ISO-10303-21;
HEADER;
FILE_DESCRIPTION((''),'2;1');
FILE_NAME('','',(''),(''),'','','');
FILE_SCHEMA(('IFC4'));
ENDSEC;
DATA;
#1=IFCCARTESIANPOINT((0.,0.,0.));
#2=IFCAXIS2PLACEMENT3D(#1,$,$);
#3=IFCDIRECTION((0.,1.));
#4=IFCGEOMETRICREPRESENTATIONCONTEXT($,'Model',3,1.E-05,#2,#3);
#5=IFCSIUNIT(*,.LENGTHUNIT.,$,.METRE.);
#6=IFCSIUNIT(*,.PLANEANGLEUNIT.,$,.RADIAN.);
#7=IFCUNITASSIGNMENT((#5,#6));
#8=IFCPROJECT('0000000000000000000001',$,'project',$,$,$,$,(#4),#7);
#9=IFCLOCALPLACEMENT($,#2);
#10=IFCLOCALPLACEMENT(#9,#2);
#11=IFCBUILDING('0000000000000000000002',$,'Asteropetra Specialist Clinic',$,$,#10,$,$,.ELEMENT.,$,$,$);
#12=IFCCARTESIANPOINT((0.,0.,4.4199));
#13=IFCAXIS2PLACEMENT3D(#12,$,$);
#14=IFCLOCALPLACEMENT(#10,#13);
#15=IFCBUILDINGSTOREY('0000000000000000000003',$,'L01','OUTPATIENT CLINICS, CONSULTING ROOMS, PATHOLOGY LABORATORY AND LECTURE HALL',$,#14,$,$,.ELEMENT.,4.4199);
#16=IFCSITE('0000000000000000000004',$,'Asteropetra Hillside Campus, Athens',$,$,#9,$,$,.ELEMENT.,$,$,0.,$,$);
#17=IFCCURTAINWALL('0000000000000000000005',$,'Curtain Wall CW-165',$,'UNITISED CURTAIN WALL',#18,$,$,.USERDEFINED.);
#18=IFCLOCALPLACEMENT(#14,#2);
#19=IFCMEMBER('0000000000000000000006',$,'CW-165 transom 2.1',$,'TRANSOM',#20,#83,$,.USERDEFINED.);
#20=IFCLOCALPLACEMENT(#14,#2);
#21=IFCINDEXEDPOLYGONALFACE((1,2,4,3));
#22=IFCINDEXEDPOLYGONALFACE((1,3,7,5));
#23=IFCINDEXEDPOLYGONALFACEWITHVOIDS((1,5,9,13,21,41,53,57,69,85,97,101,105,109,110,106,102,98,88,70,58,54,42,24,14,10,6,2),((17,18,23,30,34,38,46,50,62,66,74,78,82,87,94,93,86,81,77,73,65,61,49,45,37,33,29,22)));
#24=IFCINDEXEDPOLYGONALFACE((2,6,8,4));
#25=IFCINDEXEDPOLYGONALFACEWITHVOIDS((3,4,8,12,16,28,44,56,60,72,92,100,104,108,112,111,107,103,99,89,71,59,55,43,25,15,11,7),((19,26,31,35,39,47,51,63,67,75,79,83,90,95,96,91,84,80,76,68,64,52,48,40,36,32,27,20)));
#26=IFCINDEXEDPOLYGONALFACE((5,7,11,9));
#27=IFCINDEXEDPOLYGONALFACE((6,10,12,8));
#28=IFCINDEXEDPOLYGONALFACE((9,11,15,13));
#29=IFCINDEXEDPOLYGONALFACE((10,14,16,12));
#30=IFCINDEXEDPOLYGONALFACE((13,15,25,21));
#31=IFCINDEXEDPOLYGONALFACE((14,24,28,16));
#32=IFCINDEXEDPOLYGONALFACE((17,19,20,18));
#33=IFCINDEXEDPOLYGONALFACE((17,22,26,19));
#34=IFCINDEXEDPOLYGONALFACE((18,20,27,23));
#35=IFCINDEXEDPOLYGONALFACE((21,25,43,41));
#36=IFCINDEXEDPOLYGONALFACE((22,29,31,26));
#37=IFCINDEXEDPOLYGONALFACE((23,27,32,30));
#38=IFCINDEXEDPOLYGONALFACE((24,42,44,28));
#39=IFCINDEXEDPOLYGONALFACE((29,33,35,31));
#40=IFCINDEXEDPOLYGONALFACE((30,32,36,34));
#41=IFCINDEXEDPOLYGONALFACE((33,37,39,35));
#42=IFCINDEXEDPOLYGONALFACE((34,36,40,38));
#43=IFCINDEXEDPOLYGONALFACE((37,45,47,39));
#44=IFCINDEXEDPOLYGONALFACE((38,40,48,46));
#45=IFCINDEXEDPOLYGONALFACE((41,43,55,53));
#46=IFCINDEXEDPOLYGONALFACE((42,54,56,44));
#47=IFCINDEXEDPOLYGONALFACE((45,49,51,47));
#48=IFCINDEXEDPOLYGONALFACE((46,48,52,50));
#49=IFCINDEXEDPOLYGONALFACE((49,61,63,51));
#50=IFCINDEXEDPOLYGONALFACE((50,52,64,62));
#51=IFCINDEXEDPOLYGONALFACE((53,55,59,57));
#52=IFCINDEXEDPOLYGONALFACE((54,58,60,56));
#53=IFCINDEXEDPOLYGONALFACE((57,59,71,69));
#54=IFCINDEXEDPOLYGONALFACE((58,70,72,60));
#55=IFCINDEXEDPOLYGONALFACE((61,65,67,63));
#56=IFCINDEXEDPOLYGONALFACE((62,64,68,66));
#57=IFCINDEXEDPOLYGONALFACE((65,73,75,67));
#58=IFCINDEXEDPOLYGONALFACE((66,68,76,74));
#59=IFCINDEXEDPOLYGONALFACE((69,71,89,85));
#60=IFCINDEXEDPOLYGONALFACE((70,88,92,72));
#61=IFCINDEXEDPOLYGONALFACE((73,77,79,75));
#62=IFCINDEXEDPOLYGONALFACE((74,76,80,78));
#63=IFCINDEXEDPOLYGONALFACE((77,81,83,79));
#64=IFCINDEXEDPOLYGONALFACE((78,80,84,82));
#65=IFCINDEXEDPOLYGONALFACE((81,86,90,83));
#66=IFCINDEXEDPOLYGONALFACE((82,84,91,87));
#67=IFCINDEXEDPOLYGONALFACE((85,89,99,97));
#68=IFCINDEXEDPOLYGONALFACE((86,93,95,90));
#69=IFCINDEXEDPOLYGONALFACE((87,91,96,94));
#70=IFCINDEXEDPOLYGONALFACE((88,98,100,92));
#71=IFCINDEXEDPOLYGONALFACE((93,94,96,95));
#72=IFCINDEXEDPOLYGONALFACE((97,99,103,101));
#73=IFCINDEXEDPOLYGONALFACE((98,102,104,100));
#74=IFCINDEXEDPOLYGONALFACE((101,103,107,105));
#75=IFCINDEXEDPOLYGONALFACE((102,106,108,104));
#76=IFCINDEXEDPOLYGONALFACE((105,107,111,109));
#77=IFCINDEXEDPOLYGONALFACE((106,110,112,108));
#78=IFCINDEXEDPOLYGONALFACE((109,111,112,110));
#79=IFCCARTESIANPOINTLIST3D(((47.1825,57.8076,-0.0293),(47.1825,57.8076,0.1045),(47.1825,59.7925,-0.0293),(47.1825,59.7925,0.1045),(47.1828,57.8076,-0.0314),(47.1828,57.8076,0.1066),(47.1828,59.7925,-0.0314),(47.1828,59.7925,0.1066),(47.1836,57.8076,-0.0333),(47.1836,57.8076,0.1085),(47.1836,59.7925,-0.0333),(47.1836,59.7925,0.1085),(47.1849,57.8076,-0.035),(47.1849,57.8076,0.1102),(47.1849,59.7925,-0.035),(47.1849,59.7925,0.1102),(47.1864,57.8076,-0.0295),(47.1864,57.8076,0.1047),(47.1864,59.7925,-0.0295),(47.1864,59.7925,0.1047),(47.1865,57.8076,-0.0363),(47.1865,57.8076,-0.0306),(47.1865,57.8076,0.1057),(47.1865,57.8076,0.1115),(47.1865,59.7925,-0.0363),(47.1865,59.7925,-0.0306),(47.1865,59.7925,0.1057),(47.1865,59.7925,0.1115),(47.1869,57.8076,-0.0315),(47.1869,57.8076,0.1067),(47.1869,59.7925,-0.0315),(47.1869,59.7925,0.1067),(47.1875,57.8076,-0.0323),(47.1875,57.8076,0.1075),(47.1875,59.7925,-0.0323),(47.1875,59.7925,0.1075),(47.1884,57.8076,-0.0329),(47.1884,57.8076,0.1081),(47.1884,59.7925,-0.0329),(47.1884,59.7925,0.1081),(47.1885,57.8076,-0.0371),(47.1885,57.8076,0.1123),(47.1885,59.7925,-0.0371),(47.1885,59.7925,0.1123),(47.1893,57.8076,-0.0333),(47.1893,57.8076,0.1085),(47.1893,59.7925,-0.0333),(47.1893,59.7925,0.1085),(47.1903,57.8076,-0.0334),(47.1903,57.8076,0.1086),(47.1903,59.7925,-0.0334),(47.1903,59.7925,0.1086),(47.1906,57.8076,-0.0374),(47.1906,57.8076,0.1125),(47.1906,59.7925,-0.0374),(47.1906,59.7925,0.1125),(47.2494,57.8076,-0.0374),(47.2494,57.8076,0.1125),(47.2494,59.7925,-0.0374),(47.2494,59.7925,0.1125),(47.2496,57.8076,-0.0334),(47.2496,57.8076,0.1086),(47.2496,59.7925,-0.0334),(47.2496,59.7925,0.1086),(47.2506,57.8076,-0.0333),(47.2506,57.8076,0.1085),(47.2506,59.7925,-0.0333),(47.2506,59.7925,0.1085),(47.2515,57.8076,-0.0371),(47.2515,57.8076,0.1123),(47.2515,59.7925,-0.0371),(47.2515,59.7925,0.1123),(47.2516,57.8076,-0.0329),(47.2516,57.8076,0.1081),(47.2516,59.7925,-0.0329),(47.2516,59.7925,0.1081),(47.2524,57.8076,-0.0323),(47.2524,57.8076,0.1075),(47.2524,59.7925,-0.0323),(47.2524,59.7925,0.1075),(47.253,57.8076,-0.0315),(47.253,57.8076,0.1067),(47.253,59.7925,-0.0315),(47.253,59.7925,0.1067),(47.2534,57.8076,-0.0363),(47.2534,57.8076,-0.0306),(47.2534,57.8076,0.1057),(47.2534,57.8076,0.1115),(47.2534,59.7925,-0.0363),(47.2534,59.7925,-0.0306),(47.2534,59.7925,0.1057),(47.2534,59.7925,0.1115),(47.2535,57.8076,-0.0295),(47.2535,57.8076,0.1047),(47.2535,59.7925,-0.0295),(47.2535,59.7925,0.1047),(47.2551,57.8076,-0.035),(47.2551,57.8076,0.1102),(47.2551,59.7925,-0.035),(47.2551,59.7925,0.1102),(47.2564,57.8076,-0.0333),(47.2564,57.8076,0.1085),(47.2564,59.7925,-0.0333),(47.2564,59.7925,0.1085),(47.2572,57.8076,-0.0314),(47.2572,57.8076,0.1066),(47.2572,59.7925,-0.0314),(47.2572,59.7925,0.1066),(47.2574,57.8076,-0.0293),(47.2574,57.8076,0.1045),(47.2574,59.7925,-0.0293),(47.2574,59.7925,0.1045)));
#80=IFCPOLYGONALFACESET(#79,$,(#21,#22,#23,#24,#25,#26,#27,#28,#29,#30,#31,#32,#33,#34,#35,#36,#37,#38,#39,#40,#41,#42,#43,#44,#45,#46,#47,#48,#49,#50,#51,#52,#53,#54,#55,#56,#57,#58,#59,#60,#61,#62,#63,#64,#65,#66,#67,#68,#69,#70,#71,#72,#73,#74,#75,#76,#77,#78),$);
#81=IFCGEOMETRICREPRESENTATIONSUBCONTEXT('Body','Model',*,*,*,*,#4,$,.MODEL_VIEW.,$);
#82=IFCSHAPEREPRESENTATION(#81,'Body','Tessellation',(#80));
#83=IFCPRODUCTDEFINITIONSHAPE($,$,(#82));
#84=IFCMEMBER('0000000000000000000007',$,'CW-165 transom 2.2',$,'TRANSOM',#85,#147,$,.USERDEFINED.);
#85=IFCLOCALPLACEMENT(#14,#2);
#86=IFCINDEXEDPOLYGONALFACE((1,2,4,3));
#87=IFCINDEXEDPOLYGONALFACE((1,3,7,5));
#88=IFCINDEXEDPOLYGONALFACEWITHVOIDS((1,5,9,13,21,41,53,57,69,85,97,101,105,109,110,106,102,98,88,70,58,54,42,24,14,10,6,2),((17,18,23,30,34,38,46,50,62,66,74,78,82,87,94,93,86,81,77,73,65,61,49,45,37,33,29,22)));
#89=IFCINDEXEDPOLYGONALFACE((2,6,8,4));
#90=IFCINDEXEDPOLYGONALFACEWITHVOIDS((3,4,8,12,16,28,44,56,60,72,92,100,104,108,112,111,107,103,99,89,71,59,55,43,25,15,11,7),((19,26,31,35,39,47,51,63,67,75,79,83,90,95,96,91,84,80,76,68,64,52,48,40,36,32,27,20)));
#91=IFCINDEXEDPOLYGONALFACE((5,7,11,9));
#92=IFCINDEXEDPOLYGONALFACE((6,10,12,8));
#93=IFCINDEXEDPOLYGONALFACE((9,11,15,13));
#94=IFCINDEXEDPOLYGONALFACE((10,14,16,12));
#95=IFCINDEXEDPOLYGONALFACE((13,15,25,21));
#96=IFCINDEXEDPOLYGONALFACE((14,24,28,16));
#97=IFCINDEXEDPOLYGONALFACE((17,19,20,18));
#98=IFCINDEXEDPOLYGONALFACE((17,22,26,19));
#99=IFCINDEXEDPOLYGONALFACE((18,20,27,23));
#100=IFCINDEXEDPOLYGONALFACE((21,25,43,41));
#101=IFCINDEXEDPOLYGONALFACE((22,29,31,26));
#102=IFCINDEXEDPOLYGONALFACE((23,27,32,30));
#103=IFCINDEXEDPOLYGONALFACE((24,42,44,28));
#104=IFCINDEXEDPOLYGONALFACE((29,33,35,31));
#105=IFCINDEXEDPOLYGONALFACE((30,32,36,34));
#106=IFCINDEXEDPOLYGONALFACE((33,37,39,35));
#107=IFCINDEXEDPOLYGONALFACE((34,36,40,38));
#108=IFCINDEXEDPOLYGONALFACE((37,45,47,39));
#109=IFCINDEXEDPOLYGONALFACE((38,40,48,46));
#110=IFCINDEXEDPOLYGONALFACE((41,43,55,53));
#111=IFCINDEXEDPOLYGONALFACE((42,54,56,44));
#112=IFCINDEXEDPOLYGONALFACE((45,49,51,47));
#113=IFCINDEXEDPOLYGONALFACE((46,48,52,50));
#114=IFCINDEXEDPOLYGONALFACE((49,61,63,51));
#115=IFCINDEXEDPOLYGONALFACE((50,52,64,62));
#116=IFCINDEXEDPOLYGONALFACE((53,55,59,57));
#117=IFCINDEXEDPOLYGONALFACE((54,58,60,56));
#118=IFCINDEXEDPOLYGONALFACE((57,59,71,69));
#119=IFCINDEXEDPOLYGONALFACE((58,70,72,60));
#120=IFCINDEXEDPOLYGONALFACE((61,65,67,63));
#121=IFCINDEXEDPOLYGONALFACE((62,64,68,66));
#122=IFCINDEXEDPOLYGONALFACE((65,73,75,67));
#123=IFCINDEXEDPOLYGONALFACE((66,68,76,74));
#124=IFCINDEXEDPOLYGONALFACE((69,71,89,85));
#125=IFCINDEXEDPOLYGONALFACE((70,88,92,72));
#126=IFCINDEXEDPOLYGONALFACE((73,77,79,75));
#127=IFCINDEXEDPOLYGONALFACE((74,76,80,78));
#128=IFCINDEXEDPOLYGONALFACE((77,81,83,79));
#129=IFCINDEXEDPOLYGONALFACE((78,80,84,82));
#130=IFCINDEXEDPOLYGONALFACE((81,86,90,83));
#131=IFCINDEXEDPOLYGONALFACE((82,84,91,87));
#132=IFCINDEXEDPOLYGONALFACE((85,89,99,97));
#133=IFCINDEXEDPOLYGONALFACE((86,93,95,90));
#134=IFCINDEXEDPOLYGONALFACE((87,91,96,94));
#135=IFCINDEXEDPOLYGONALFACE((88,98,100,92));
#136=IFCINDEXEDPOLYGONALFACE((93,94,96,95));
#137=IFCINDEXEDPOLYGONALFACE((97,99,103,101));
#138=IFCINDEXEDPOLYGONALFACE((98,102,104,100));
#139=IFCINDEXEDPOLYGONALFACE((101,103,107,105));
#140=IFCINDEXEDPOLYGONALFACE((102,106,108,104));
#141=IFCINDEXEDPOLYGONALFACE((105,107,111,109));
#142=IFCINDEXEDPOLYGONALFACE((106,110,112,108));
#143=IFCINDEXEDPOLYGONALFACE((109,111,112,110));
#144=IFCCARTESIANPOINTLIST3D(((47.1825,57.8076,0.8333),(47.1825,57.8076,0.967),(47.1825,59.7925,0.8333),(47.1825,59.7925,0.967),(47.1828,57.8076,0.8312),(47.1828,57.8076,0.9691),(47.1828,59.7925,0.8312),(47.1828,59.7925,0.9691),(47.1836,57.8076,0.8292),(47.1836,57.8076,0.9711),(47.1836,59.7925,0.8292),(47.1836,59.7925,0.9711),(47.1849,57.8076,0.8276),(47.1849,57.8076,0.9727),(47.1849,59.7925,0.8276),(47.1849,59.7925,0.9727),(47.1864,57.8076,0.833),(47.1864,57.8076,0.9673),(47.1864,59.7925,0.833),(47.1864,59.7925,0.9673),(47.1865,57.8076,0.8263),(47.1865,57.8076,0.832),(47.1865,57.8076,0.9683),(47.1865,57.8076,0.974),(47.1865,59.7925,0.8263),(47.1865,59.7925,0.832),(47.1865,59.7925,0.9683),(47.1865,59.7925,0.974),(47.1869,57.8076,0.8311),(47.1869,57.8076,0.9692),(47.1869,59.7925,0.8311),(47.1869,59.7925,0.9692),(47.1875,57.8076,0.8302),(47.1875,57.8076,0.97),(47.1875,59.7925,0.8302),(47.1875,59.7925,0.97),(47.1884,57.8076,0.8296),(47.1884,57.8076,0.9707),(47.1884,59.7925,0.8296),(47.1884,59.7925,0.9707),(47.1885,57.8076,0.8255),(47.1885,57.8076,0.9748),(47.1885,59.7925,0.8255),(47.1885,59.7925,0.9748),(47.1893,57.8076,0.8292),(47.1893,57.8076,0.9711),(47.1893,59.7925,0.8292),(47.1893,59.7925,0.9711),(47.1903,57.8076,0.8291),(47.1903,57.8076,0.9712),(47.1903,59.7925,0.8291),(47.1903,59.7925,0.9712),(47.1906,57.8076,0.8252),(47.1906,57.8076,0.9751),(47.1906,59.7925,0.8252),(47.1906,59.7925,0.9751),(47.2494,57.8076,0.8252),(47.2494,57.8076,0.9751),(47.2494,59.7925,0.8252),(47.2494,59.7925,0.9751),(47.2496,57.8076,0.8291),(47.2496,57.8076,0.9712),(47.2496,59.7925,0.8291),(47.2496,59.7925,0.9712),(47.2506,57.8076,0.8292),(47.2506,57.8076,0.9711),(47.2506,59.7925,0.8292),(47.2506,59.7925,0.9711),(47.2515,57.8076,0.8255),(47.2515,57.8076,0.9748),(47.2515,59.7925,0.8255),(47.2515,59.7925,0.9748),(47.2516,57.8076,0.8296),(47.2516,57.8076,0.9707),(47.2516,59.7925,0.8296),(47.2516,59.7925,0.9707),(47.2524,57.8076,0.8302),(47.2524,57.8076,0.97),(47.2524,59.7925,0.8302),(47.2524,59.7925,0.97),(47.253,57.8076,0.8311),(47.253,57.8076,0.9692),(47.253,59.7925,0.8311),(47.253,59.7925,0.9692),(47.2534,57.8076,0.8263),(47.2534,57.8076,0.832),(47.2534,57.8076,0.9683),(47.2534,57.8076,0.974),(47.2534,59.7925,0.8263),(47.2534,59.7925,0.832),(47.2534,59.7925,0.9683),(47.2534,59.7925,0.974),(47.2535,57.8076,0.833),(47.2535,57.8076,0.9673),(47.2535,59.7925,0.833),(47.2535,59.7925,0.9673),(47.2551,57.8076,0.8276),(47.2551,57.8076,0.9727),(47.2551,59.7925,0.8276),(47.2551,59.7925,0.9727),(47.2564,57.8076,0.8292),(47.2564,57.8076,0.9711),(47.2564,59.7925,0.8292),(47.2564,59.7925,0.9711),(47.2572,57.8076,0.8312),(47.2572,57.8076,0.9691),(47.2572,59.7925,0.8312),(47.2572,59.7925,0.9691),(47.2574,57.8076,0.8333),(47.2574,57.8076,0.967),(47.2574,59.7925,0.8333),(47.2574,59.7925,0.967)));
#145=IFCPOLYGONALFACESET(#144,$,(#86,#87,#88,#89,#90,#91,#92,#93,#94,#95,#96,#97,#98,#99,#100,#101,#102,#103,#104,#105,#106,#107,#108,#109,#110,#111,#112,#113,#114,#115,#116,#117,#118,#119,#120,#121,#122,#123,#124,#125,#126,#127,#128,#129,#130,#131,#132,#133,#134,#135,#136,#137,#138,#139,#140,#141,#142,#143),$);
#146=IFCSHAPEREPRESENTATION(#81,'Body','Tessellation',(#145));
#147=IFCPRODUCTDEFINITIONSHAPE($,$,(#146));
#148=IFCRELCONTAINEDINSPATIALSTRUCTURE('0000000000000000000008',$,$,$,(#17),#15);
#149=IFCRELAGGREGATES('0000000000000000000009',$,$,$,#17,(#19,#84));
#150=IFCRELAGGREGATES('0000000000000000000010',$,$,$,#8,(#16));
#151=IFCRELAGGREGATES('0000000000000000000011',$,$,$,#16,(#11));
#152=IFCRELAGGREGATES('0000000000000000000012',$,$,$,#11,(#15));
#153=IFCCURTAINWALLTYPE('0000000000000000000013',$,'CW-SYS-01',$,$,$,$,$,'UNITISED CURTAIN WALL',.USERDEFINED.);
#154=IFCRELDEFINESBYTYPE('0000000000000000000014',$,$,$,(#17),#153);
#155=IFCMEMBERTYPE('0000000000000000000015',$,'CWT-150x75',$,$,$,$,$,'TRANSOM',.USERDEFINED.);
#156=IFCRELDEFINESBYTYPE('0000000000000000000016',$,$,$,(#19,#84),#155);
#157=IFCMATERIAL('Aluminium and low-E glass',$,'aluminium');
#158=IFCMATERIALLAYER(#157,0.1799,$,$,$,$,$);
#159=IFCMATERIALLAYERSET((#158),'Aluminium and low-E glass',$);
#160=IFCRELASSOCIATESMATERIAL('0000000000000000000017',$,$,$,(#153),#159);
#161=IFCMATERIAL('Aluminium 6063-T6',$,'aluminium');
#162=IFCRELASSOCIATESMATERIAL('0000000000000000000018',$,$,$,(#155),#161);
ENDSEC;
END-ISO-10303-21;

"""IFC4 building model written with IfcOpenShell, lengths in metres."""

from ifc_helpers import new_model, si_unit, direction, frame, origin, origin_2d, place, context, subcontext, project, spatial, hollow_rectangle, extrude, material, layer, layer_set, material_profile, profile_set, type_object, element, aggregate, save


model = new_model("IFC4")

# Units and contexts
model_context = context("Model", 3, precision=1e-05, world=origin(), true_north=direction((0.0, 1.0)))
body_context = subcontext(model_context, "Body", "Model", "MODEL_VIEW")
ifc_project = project(units=[si_unit("LENGTHUNIT", "METRE"), si_unit("PLANEANGLEUNIT", "RADIAN")], contexts=[model_context])

# Site, building, storey
site_placement = place(None, origin())
site = spatial("IfcSite", under=ifc_project, at=site_placement, Name="Asteropetra Hillside Campus, Athens", CompositionType="ELEMENT", RefElevation=0.0)
building_placement = place(site_placement, origin())
building = spatial("IfcBuilding", under=site, at=building_placement, Name="Asteropetra Specialist Clinic", CompositionType="ELEMENT")
storey_placement = place(building_placement, frame((0.0, 0.0, 4.4199)))
storey = spatial("IfcBuildingStorey", under=building, at=storey_placement, Name="L01", Description="OUTPATIENT CLINICS, CONSULTING ROOMS, PATHOLOGY LABORATORY AND LECTURE HALL", CompositionType="ELEMENT", Elevation=4.4199)

# Curtain wall
ifc_material_1 = material(Name="Aluminium and low-E glass", Category="aluminium")
ifc_layer_1 = layer(ifc_material_1, 0.1799)
ifc_layer_set_1 = layer_set([ifc_layer_1], Name="Aluminium and low-E glass")
curtain_wall_type_1 = type_object("IfcCurtainWallType", Name="CW-SYS-01", ElementType="UNITISED CURTAIN WALL", PredefinedType="USERDEFINED", material=ifc_layer_set_1)
curtain_wall_1_placement = place(storey_placement, origin())
curtain_wall_1 = element("IfcCurtainWall", 1, at=curtain_wall_1_placement, inside=storey, type_object=curtain_wall_type_1, Name="Curtain Wall CW-165", ObjectType="UNITISED CURTAIN WALL", PredefinedType="USERDEFINED")

# Members
ifc_material_2 = material(Name="Aluminium 6063-T6", Category="aluminium")
ifc_material_profile_1 = material_profile(ifc_material_2, hollow_rectangle(XDim=0.075, YDim=0.1499, WallThickness=0.0039, InnerFilletRadius=0.0039, OuterFilletRadius=0.0081, at=origin_2d()), Name="TRN 150x75x4.0")
ifc_profile_set_1 = profile_set([ifc_material_profile_1], Name="Aluminium 6063-T6")
member_type_1 = type_object("IfcMemberType", Name="CWT-150x75", ElementType="TRANSOM", PredefinedType="USERDEFINED", material=ifc_profile_set_1)
member_1_placement = place(storey_placement, frame((47.22, 57.8076, 0.0376), z_axis=(0.0, 1.0, 0.0), x_axis=(-1.0, 0.0, 0.0)))
member_1 = element("IfcMember", 2, at=member_1_placement, type_object=member_type_1, Name="CW-165 transom 2.1", ObjectType="TRANSOM", PredefinedType="USERDEFINED", context=body_context, shape_type="SweptSolid", body=[
    extrude(hollow_rectangle(XDim=0.075, YDim=0.1499, WallThickness=0.0039, InnerFilletRadius=0.0039, OuterFilletRadius=0.0081, at=origin_2d()), origin(), (0.0, 0.0, 1.0), 1.9849),
])
member_2_placement = place(storey_placement, frame((47.22, 57.8076, 0.9001), z_axis=(0.0, 1.0, 0.0), x_axis=(-1.0, 0.0, 0.0)))
member_2 = element("IfcMember", 3, at=member_2_placement, type_object=member_type_1, Name="CW-165 transom 2.2", ObjectType="TRANSOM", PredefinedType="USERDEFINED", context=body_context, shape_type="SweptSolid", body=[
    extrude(hollow_rectangle(XDim=0.075, YDim=0.1499, WallThickness=0.0039, InnerFilletRadius=0.0039, OuterFilletRadius=0.0081, at=origin_2d()), origin(), (0.0, 0.0, 1.0), 1.9849),
])

aggregate(curtain_wall_1, [member_1, member_2])

save(model, "model.ifc")
